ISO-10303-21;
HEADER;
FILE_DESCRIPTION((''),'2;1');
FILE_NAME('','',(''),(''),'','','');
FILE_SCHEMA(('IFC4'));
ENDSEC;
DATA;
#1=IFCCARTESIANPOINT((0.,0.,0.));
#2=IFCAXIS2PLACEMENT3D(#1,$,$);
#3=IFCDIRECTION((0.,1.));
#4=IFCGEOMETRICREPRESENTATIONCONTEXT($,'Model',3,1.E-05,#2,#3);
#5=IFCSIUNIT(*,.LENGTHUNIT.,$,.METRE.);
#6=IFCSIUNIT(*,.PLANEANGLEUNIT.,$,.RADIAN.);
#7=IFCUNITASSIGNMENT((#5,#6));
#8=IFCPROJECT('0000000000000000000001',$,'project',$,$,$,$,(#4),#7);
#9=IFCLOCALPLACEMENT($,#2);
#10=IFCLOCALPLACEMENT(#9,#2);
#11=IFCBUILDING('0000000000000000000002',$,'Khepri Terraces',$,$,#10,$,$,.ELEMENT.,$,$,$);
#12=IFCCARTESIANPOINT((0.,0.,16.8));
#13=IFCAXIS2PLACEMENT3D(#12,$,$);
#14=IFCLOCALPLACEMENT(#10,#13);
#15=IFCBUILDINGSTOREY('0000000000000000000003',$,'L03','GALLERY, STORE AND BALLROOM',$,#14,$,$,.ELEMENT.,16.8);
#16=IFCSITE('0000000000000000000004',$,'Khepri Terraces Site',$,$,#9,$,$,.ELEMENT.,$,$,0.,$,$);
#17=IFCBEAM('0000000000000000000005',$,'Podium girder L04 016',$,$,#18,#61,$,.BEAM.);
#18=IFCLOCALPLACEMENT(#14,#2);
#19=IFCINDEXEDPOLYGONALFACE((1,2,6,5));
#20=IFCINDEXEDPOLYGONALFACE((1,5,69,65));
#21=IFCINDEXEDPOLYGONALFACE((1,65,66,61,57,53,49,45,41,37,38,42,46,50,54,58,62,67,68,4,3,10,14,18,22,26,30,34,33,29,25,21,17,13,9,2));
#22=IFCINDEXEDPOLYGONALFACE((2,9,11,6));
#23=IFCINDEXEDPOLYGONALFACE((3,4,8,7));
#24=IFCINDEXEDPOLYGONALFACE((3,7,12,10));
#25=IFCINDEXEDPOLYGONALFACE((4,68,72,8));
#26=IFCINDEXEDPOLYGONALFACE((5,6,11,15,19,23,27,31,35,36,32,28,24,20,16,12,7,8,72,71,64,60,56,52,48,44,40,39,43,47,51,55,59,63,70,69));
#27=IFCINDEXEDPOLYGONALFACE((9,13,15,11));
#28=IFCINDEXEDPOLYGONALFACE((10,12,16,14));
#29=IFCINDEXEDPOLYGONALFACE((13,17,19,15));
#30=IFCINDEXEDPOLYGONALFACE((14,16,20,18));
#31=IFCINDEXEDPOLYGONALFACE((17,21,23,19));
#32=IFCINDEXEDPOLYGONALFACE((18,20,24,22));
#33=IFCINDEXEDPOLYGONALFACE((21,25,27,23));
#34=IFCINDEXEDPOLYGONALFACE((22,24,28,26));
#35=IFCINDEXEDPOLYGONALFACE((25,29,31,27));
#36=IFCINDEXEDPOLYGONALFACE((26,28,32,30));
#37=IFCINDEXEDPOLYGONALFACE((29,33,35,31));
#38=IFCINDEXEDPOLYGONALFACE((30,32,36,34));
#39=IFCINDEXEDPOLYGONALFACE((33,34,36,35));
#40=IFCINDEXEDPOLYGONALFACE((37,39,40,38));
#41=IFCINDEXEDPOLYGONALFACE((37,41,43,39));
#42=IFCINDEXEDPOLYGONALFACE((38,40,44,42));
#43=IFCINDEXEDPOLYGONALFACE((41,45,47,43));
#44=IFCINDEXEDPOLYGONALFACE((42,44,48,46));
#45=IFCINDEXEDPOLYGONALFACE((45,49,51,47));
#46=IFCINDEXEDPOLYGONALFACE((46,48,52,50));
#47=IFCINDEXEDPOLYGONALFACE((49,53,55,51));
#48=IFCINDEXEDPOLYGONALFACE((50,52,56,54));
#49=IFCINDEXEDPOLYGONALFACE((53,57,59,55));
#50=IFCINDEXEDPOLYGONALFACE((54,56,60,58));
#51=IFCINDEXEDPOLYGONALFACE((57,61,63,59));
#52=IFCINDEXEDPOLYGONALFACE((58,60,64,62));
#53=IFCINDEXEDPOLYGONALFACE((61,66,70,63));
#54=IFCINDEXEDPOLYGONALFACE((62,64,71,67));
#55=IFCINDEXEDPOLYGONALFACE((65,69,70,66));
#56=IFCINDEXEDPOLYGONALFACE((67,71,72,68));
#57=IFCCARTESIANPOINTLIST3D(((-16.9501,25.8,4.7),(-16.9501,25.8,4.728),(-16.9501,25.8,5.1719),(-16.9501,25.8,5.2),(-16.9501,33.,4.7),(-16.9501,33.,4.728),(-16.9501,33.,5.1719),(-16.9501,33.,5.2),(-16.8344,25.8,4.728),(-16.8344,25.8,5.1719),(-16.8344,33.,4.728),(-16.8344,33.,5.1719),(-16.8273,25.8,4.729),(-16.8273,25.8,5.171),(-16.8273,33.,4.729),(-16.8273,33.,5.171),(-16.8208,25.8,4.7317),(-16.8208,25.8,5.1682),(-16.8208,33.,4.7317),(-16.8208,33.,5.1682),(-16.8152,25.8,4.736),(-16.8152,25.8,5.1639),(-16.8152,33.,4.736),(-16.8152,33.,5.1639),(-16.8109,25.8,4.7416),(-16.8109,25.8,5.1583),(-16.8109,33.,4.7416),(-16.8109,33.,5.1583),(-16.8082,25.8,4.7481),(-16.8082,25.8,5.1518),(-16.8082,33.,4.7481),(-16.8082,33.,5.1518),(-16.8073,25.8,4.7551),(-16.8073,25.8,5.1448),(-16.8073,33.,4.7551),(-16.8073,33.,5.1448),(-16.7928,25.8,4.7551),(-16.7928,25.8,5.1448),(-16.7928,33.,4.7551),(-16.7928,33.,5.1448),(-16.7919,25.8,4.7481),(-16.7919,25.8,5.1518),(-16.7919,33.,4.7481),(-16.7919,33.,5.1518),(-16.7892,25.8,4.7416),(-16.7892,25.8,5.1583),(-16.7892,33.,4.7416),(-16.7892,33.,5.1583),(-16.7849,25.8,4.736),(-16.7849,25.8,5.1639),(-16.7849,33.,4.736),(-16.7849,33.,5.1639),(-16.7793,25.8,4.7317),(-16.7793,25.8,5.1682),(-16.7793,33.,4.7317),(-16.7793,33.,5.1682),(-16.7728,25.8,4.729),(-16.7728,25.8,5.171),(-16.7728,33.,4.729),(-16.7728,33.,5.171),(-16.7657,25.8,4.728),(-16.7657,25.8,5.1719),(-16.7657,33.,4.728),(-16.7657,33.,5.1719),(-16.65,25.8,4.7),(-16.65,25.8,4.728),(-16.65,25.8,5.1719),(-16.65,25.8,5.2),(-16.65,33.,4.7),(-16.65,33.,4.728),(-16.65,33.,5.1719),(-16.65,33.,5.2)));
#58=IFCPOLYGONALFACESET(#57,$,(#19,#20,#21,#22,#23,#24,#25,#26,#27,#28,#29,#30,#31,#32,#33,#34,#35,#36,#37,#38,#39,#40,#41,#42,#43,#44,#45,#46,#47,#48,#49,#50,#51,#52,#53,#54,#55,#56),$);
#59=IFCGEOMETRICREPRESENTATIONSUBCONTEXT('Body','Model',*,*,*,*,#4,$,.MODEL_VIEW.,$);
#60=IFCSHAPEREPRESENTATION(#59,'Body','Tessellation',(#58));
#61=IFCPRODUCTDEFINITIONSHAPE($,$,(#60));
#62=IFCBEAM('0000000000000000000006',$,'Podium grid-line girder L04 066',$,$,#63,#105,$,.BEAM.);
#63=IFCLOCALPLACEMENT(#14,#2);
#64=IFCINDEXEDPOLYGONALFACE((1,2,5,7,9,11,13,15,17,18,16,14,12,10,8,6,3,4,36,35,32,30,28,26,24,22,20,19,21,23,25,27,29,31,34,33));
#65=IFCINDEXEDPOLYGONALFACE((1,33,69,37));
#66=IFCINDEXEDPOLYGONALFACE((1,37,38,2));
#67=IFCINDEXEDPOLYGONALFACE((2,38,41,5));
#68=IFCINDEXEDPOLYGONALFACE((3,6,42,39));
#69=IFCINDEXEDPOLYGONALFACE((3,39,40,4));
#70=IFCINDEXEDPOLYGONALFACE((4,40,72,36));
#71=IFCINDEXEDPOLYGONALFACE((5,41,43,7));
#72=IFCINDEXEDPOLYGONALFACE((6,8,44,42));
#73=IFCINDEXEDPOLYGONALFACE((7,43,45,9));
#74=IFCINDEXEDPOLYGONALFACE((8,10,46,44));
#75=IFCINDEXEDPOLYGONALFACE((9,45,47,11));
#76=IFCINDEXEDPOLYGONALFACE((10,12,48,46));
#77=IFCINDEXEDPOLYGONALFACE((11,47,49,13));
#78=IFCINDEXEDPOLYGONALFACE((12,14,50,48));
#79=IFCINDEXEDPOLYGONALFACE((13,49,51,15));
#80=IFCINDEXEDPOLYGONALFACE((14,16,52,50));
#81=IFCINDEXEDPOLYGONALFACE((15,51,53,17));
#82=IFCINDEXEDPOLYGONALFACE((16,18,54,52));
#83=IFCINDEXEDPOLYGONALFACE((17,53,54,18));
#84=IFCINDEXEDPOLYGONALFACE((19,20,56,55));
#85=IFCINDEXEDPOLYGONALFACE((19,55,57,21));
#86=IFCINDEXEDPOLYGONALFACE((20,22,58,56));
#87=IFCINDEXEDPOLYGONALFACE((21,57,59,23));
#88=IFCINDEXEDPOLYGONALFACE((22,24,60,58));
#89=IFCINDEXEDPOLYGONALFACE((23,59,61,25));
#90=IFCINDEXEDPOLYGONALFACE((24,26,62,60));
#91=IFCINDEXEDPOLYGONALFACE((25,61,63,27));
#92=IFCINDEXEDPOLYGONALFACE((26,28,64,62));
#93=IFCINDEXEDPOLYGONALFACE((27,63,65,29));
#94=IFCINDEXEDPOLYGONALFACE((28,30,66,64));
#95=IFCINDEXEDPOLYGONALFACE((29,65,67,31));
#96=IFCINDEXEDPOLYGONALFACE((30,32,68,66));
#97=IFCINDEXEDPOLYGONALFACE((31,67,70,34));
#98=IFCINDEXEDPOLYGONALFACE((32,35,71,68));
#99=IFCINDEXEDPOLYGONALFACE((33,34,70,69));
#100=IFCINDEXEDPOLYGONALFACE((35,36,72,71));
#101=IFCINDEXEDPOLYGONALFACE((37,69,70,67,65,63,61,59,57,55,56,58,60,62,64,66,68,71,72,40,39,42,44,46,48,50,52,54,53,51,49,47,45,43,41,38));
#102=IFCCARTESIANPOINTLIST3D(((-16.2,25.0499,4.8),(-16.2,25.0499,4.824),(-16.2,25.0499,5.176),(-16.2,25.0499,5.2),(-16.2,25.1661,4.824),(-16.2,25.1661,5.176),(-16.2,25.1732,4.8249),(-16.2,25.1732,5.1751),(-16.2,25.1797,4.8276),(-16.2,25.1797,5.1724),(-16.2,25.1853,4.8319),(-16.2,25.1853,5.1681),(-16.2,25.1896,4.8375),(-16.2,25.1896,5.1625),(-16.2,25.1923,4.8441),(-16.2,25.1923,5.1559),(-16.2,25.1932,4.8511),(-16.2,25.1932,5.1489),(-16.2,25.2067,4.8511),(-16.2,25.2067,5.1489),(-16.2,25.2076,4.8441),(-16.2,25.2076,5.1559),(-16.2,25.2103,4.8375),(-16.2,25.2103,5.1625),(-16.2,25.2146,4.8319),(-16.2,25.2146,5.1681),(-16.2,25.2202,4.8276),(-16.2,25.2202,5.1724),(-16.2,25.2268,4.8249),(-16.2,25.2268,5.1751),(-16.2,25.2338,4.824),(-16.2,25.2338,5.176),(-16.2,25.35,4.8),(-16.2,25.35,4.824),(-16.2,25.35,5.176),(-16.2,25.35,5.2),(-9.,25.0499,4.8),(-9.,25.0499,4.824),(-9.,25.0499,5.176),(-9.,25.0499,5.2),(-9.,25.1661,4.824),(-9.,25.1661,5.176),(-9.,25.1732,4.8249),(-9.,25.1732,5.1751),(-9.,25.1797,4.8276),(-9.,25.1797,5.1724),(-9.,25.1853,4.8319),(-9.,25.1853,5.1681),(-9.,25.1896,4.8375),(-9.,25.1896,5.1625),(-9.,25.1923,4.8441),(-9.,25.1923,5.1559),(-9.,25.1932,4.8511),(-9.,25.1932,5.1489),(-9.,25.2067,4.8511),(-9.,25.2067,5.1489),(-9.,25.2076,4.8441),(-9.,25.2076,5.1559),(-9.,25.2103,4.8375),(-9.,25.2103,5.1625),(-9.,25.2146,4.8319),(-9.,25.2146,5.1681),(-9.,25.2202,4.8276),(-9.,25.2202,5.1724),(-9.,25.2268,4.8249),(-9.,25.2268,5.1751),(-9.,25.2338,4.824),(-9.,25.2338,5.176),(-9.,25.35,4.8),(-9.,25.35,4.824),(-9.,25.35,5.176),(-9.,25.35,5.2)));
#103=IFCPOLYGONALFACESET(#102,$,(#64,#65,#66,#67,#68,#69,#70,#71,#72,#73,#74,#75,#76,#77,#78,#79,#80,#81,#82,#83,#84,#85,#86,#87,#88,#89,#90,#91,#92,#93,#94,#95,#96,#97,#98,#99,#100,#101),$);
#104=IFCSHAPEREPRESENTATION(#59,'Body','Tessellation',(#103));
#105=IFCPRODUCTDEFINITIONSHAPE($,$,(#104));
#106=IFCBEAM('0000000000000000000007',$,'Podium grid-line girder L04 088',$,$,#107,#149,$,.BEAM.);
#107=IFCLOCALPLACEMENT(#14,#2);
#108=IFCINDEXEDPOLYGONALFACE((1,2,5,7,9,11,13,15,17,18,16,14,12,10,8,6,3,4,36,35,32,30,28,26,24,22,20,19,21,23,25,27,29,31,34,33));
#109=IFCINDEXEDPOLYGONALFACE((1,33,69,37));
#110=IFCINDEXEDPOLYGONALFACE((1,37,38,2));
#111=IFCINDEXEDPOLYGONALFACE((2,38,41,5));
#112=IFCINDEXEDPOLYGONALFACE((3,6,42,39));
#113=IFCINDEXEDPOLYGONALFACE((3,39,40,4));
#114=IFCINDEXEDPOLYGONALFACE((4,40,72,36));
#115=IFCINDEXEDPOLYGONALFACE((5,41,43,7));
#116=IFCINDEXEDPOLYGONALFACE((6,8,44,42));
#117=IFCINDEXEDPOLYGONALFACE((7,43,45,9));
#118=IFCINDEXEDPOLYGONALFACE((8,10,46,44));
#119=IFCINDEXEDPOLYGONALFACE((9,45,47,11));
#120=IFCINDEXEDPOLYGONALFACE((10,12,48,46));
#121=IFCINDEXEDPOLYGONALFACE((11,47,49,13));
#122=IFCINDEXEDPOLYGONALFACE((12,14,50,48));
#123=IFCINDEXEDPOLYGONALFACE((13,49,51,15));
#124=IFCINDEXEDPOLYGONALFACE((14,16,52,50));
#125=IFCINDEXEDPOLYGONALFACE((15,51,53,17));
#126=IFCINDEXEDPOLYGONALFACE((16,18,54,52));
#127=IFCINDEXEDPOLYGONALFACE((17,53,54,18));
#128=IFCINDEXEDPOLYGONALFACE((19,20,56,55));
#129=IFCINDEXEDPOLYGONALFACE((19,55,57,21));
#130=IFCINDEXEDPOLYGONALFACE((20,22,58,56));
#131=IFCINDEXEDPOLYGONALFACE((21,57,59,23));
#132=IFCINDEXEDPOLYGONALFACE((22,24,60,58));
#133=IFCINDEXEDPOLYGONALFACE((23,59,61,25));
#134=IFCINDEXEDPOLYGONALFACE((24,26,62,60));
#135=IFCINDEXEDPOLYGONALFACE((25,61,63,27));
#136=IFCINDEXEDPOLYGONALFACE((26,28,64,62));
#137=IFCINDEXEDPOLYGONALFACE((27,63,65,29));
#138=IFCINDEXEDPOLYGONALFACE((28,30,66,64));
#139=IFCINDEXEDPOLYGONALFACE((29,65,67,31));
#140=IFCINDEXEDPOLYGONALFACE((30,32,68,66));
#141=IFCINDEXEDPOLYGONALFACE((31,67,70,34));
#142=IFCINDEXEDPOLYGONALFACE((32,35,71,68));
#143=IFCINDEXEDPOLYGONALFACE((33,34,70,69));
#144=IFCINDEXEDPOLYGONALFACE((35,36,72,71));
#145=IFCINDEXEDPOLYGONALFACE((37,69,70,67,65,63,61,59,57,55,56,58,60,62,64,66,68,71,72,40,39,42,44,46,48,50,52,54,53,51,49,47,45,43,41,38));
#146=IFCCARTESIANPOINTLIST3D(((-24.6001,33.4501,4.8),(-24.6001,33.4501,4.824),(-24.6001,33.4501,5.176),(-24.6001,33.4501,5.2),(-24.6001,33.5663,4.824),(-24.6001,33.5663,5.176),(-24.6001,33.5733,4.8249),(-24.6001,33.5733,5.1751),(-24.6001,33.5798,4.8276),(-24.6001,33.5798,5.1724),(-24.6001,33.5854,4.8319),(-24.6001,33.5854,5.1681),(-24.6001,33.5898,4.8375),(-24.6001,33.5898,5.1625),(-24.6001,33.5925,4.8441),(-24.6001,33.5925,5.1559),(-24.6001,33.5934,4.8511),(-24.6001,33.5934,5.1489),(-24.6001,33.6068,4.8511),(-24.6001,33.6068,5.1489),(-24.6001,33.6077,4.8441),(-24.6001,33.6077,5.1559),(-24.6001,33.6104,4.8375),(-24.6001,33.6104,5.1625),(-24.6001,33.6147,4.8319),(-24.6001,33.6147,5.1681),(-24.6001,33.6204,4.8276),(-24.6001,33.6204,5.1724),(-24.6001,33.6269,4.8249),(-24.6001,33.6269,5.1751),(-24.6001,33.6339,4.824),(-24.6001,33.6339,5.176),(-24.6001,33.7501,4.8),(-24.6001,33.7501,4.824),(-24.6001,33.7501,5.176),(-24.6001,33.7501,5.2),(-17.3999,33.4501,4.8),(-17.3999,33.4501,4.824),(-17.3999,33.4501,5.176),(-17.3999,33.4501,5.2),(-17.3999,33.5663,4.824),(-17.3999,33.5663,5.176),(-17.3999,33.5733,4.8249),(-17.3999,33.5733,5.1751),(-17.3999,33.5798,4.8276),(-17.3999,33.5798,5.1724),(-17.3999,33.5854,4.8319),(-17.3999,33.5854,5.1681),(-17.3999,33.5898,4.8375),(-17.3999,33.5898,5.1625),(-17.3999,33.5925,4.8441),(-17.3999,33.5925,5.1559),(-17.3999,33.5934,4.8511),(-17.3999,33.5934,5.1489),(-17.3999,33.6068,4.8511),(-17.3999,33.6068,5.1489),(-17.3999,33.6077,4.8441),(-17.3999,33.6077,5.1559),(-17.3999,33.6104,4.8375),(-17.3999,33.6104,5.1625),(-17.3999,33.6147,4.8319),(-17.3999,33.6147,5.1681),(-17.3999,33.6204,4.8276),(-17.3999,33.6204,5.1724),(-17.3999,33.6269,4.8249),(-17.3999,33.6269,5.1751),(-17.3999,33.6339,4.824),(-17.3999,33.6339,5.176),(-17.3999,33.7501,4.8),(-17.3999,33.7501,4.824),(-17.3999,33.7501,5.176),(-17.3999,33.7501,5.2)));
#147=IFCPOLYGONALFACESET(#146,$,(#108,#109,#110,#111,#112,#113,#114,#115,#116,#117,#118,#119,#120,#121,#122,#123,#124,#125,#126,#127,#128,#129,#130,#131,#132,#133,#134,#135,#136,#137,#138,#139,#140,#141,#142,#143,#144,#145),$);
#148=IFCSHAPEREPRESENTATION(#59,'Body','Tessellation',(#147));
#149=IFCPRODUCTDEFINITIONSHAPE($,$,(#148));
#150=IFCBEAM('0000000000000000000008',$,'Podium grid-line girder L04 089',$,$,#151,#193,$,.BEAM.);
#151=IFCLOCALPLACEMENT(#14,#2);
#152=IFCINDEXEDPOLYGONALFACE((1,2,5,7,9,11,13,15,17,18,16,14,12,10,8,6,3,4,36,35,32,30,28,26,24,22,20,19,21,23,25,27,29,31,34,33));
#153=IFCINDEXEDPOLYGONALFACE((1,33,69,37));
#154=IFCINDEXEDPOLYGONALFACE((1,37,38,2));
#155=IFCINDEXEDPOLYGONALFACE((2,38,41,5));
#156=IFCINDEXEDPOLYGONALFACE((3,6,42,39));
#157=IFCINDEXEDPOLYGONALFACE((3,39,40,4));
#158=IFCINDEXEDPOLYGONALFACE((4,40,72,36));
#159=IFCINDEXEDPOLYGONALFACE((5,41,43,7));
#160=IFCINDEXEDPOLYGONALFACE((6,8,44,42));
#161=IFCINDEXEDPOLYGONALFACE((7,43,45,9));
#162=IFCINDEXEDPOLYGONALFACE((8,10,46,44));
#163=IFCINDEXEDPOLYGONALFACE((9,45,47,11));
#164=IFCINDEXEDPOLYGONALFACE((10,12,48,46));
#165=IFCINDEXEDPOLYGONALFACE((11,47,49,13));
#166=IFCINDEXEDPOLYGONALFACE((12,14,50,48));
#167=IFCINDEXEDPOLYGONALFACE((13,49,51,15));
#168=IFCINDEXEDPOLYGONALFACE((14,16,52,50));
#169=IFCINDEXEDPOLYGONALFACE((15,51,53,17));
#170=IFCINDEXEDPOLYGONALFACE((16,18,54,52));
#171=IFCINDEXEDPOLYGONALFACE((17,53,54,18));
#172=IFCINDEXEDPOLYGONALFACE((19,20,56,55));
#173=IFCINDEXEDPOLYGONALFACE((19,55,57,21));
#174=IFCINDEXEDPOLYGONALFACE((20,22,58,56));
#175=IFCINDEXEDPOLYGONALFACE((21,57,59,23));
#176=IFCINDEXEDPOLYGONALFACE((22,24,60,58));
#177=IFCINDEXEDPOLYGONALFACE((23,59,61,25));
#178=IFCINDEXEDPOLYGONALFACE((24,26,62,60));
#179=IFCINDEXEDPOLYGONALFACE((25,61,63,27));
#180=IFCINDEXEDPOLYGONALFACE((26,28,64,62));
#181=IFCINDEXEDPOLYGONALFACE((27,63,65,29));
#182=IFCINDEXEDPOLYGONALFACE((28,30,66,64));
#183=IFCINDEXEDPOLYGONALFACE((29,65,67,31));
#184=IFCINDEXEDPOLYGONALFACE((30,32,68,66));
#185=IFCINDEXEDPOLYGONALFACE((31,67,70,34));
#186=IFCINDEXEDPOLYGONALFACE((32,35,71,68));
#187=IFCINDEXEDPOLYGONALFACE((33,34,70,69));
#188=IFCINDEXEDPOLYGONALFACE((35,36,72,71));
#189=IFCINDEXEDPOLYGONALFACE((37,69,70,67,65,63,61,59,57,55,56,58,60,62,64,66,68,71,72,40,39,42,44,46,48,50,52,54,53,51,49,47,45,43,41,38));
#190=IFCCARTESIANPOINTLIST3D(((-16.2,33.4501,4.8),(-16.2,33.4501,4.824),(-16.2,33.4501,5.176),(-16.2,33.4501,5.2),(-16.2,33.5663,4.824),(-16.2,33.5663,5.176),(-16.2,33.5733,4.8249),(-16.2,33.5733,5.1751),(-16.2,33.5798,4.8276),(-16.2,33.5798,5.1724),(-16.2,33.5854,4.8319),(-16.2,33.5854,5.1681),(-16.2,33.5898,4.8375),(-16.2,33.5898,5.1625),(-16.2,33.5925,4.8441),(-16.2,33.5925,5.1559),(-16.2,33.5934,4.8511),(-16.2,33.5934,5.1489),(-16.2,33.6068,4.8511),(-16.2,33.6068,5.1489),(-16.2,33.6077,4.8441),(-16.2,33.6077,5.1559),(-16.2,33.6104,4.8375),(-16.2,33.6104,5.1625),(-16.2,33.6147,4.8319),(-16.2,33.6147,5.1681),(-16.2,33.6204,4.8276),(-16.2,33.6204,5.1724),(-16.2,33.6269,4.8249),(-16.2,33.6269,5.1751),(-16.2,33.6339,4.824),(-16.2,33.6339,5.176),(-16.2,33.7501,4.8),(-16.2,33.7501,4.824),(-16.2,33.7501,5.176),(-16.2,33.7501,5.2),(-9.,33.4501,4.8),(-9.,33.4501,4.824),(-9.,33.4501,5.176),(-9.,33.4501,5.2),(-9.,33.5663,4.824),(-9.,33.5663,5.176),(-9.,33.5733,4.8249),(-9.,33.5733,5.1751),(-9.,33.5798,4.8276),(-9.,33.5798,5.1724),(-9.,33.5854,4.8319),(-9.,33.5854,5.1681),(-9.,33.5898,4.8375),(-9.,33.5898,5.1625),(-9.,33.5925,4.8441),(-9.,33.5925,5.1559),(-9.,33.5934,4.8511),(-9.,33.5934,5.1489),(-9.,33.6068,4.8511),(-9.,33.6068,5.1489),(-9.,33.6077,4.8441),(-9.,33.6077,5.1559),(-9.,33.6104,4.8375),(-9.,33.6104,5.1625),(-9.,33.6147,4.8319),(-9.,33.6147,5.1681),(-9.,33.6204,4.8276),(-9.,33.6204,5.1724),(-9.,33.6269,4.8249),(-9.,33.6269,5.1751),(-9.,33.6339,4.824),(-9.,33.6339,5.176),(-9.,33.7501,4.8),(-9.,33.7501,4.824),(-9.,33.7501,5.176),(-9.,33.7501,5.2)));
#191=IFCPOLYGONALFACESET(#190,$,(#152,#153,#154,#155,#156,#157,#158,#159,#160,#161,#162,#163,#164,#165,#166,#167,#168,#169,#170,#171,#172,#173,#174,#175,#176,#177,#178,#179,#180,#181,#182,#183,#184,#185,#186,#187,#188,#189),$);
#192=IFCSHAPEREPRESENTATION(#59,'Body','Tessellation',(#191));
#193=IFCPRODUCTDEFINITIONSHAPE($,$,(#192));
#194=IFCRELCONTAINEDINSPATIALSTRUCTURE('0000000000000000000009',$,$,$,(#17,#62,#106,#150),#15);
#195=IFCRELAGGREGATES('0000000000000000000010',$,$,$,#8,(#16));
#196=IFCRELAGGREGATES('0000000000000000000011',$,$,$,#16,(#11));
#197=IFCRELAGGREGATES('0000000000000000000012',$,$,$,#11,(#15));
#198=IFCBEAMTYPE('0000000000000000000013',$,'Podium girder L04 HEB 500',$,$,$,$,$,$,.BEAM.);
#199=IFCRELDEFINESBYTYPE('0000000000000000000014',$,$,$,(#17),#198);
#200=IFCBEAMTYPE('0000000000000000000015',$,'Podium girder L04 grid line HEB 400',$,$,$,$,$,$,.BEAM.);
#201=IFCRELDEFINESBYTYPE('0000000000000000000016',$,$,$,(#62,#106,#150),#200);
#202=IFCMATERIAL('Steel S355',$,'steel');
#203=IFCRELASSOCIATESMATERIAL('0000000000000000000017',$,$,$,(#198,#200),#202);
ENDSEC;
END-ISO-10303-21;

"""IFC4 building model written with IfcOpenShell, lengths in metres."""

from ifc_helpers import new_model, si_unit, direction, frame, origin, origin_2d, place, context, subcontext, project, spatial, i_section, extrude, material, material_profile, profile_set, type_object, element, save


model = new_model("IFC4")

# Units and contexts
model_context = context("Model", 3, precision=1e-05, world=origin(), true_north=direction((0.0, 1.0)))
body_context = subcontext(model_context, "Body", "Model", "MODEL_VIEW")
ifc_project = project(units=[si_unit("LENGTHUNIT", "METRE"), si_unit("PLANEANGLEUNIT", "RADIAN")], contexts=[model_context])

# Site, building, storey
site_placement = place(None, origin())
site = spatial("IfcSite", under=ifc_project, at=site_placement, Name="Khepri Terraces Site", CompositionType="ELEMENT", RefElevation=0.0)
building_placement = place(site_placement, origin())
building = spatial("IfcBuilding", under=site, at=building_placement, Name="Khepri Terraces", CompositionType="ELEMENT")
storey_placement = place(building_placement, frame((0.0, 0.0, 16.8)))
storey = spatial("IfcBuildingStorey", under=building, at=storey_placement, Name="L03", Description="GALLERY, STORE AND BALLROOM", CompositionType="ELEMENT", Elevation=16.8)

# Beams
ifc_material_1 = material(Name="Steel S355", Category="steel")
ifc_material_profile_1 = material_profile(ifc_material_1, i_section(OverallWidth=0.3, OverallDepth=0.5, WebThickness=0.0144, FlangeThickness=0.0281, FilletRadius=0.0271, at=origin_2d()), Name="Steel S355", Category="steel")
ifc_profile_set_1 = profile_set([ifc_material_profile_1], Name="Steel S355")
beam_type_1 = type_object("IfcBeamType", Name="Podium girder L04 HEB 500", PredefinedType="BEAM", material=ifc_profile_set_1)
beam_1_placement = place(storey_placement, frame((-16.8, 25.8, 4.95), z_axis=(0.0, 1.0, 0.0), x_axis=(-1.0, 0.0, 0.0)))
element("IfcBeam", 1, at=beam_1_placement, inside=storey, type_object=beam_type_1, Name="Podium girder L04 016", PredefinedType="BEAM", context=body_context, shape_type="SweptSolid", body=[
    extrude(i_section(OverallWidth=0.3, OverallDepth=0.5, WebThickness=0.0144, FlangeThickness=0.0281, FilletRadius=0.0271, at=origin_2d()), origin(), (0.0, 0.0, 1.0), 7.2),
])
ifc_material_profile_2 = material_profile(ifc_material_1, i_section(OverallWidth=0.3, OverallDepth=0.3999, WebThickness=0.0134, FlangeThickness=0.0239, FilletRadius=0.0271, at=origin_2d()), Name="Steel S355", Category="steel")
ifc_profile_set_2 = profile_set([ifc_material_profile_2], Name="Steel S355")
beam_type_2 = type_object("IfcBeamType", Name="Podium girder L04 grid line HEB 400", PredefinedType="BEAM", material=ifc_profile_set_2)
beam_2_placement = place(storey_placement, frame((-16.2, 25.2, 5.0), z_axis=(1.0, 0.0, 0.0), x_axis=(0.0, 1.0, 0.0)))
element("IfcBeam", 2, at=beam_2_placement, inside=storey, type_object=beam_type_2, Name="Podium grid-line girder L04 066", PredefinedType="BEAM", context=body_context, shape_type="SweptSolid", body=[
    extrude(i_section(OverallWidth=0.3, OverallDepth=0.3999, WebThickness=0.0134, FlangeThickness=0.0239, FilletRadius=0.0271, at=origin_2d()), origin(), (0.0, 0.0, 1.0), 7.2),
])
beam_3_placement = place(storey_placement, frame((-24.6001, 33.6001, 5.0), z_axis=(1.0, 0.0, 0.0), x_axis=(0.0, 1.0, 0.0)))
element("IfcBeam", 3, at=beam_3_placement, inside=storey, type_object=beam_type_2, Name="Podium grid-line girder L04 088", PredefinedType="BEAM", context=body_context, shape_type="SweptSolid", body=[
    extrude(i_section(OverallWidth=0.3, OverallDepth=0.3999, WebThickness=0.0134, FlangeThickness=0.0239, FilletRadius=0.0271, at=origin_2d()), origin(), (0.0, 0.0, 1.0), 7.2002),
])
beam_4_placement = place(storey_placement, frame((-16.2, 33.6001, 5.0), z_axis=(1.0, 0.0, 0.0), x_axis=(0.0, 1.0, 0.0)))
element("IfcBeam", 4, at=beam_4_placement, inside=storey, type_object=beam_type_2, Name="Podium grid-line girder L04 089", PredefinedType="BEAM", context=body_context, shape_type="SweptSolid", body=[
    extrude(i_section(OverallWidth=0.3, OverallDepth=0.3999, WebThickness=0.0134, FlangeThickness=0.0239, FilletRadius=0.0271, at=origin_2d()), origin(), (0.0, 0.0, 1.0), 7.2),
])

save(model, "model.ifc")
